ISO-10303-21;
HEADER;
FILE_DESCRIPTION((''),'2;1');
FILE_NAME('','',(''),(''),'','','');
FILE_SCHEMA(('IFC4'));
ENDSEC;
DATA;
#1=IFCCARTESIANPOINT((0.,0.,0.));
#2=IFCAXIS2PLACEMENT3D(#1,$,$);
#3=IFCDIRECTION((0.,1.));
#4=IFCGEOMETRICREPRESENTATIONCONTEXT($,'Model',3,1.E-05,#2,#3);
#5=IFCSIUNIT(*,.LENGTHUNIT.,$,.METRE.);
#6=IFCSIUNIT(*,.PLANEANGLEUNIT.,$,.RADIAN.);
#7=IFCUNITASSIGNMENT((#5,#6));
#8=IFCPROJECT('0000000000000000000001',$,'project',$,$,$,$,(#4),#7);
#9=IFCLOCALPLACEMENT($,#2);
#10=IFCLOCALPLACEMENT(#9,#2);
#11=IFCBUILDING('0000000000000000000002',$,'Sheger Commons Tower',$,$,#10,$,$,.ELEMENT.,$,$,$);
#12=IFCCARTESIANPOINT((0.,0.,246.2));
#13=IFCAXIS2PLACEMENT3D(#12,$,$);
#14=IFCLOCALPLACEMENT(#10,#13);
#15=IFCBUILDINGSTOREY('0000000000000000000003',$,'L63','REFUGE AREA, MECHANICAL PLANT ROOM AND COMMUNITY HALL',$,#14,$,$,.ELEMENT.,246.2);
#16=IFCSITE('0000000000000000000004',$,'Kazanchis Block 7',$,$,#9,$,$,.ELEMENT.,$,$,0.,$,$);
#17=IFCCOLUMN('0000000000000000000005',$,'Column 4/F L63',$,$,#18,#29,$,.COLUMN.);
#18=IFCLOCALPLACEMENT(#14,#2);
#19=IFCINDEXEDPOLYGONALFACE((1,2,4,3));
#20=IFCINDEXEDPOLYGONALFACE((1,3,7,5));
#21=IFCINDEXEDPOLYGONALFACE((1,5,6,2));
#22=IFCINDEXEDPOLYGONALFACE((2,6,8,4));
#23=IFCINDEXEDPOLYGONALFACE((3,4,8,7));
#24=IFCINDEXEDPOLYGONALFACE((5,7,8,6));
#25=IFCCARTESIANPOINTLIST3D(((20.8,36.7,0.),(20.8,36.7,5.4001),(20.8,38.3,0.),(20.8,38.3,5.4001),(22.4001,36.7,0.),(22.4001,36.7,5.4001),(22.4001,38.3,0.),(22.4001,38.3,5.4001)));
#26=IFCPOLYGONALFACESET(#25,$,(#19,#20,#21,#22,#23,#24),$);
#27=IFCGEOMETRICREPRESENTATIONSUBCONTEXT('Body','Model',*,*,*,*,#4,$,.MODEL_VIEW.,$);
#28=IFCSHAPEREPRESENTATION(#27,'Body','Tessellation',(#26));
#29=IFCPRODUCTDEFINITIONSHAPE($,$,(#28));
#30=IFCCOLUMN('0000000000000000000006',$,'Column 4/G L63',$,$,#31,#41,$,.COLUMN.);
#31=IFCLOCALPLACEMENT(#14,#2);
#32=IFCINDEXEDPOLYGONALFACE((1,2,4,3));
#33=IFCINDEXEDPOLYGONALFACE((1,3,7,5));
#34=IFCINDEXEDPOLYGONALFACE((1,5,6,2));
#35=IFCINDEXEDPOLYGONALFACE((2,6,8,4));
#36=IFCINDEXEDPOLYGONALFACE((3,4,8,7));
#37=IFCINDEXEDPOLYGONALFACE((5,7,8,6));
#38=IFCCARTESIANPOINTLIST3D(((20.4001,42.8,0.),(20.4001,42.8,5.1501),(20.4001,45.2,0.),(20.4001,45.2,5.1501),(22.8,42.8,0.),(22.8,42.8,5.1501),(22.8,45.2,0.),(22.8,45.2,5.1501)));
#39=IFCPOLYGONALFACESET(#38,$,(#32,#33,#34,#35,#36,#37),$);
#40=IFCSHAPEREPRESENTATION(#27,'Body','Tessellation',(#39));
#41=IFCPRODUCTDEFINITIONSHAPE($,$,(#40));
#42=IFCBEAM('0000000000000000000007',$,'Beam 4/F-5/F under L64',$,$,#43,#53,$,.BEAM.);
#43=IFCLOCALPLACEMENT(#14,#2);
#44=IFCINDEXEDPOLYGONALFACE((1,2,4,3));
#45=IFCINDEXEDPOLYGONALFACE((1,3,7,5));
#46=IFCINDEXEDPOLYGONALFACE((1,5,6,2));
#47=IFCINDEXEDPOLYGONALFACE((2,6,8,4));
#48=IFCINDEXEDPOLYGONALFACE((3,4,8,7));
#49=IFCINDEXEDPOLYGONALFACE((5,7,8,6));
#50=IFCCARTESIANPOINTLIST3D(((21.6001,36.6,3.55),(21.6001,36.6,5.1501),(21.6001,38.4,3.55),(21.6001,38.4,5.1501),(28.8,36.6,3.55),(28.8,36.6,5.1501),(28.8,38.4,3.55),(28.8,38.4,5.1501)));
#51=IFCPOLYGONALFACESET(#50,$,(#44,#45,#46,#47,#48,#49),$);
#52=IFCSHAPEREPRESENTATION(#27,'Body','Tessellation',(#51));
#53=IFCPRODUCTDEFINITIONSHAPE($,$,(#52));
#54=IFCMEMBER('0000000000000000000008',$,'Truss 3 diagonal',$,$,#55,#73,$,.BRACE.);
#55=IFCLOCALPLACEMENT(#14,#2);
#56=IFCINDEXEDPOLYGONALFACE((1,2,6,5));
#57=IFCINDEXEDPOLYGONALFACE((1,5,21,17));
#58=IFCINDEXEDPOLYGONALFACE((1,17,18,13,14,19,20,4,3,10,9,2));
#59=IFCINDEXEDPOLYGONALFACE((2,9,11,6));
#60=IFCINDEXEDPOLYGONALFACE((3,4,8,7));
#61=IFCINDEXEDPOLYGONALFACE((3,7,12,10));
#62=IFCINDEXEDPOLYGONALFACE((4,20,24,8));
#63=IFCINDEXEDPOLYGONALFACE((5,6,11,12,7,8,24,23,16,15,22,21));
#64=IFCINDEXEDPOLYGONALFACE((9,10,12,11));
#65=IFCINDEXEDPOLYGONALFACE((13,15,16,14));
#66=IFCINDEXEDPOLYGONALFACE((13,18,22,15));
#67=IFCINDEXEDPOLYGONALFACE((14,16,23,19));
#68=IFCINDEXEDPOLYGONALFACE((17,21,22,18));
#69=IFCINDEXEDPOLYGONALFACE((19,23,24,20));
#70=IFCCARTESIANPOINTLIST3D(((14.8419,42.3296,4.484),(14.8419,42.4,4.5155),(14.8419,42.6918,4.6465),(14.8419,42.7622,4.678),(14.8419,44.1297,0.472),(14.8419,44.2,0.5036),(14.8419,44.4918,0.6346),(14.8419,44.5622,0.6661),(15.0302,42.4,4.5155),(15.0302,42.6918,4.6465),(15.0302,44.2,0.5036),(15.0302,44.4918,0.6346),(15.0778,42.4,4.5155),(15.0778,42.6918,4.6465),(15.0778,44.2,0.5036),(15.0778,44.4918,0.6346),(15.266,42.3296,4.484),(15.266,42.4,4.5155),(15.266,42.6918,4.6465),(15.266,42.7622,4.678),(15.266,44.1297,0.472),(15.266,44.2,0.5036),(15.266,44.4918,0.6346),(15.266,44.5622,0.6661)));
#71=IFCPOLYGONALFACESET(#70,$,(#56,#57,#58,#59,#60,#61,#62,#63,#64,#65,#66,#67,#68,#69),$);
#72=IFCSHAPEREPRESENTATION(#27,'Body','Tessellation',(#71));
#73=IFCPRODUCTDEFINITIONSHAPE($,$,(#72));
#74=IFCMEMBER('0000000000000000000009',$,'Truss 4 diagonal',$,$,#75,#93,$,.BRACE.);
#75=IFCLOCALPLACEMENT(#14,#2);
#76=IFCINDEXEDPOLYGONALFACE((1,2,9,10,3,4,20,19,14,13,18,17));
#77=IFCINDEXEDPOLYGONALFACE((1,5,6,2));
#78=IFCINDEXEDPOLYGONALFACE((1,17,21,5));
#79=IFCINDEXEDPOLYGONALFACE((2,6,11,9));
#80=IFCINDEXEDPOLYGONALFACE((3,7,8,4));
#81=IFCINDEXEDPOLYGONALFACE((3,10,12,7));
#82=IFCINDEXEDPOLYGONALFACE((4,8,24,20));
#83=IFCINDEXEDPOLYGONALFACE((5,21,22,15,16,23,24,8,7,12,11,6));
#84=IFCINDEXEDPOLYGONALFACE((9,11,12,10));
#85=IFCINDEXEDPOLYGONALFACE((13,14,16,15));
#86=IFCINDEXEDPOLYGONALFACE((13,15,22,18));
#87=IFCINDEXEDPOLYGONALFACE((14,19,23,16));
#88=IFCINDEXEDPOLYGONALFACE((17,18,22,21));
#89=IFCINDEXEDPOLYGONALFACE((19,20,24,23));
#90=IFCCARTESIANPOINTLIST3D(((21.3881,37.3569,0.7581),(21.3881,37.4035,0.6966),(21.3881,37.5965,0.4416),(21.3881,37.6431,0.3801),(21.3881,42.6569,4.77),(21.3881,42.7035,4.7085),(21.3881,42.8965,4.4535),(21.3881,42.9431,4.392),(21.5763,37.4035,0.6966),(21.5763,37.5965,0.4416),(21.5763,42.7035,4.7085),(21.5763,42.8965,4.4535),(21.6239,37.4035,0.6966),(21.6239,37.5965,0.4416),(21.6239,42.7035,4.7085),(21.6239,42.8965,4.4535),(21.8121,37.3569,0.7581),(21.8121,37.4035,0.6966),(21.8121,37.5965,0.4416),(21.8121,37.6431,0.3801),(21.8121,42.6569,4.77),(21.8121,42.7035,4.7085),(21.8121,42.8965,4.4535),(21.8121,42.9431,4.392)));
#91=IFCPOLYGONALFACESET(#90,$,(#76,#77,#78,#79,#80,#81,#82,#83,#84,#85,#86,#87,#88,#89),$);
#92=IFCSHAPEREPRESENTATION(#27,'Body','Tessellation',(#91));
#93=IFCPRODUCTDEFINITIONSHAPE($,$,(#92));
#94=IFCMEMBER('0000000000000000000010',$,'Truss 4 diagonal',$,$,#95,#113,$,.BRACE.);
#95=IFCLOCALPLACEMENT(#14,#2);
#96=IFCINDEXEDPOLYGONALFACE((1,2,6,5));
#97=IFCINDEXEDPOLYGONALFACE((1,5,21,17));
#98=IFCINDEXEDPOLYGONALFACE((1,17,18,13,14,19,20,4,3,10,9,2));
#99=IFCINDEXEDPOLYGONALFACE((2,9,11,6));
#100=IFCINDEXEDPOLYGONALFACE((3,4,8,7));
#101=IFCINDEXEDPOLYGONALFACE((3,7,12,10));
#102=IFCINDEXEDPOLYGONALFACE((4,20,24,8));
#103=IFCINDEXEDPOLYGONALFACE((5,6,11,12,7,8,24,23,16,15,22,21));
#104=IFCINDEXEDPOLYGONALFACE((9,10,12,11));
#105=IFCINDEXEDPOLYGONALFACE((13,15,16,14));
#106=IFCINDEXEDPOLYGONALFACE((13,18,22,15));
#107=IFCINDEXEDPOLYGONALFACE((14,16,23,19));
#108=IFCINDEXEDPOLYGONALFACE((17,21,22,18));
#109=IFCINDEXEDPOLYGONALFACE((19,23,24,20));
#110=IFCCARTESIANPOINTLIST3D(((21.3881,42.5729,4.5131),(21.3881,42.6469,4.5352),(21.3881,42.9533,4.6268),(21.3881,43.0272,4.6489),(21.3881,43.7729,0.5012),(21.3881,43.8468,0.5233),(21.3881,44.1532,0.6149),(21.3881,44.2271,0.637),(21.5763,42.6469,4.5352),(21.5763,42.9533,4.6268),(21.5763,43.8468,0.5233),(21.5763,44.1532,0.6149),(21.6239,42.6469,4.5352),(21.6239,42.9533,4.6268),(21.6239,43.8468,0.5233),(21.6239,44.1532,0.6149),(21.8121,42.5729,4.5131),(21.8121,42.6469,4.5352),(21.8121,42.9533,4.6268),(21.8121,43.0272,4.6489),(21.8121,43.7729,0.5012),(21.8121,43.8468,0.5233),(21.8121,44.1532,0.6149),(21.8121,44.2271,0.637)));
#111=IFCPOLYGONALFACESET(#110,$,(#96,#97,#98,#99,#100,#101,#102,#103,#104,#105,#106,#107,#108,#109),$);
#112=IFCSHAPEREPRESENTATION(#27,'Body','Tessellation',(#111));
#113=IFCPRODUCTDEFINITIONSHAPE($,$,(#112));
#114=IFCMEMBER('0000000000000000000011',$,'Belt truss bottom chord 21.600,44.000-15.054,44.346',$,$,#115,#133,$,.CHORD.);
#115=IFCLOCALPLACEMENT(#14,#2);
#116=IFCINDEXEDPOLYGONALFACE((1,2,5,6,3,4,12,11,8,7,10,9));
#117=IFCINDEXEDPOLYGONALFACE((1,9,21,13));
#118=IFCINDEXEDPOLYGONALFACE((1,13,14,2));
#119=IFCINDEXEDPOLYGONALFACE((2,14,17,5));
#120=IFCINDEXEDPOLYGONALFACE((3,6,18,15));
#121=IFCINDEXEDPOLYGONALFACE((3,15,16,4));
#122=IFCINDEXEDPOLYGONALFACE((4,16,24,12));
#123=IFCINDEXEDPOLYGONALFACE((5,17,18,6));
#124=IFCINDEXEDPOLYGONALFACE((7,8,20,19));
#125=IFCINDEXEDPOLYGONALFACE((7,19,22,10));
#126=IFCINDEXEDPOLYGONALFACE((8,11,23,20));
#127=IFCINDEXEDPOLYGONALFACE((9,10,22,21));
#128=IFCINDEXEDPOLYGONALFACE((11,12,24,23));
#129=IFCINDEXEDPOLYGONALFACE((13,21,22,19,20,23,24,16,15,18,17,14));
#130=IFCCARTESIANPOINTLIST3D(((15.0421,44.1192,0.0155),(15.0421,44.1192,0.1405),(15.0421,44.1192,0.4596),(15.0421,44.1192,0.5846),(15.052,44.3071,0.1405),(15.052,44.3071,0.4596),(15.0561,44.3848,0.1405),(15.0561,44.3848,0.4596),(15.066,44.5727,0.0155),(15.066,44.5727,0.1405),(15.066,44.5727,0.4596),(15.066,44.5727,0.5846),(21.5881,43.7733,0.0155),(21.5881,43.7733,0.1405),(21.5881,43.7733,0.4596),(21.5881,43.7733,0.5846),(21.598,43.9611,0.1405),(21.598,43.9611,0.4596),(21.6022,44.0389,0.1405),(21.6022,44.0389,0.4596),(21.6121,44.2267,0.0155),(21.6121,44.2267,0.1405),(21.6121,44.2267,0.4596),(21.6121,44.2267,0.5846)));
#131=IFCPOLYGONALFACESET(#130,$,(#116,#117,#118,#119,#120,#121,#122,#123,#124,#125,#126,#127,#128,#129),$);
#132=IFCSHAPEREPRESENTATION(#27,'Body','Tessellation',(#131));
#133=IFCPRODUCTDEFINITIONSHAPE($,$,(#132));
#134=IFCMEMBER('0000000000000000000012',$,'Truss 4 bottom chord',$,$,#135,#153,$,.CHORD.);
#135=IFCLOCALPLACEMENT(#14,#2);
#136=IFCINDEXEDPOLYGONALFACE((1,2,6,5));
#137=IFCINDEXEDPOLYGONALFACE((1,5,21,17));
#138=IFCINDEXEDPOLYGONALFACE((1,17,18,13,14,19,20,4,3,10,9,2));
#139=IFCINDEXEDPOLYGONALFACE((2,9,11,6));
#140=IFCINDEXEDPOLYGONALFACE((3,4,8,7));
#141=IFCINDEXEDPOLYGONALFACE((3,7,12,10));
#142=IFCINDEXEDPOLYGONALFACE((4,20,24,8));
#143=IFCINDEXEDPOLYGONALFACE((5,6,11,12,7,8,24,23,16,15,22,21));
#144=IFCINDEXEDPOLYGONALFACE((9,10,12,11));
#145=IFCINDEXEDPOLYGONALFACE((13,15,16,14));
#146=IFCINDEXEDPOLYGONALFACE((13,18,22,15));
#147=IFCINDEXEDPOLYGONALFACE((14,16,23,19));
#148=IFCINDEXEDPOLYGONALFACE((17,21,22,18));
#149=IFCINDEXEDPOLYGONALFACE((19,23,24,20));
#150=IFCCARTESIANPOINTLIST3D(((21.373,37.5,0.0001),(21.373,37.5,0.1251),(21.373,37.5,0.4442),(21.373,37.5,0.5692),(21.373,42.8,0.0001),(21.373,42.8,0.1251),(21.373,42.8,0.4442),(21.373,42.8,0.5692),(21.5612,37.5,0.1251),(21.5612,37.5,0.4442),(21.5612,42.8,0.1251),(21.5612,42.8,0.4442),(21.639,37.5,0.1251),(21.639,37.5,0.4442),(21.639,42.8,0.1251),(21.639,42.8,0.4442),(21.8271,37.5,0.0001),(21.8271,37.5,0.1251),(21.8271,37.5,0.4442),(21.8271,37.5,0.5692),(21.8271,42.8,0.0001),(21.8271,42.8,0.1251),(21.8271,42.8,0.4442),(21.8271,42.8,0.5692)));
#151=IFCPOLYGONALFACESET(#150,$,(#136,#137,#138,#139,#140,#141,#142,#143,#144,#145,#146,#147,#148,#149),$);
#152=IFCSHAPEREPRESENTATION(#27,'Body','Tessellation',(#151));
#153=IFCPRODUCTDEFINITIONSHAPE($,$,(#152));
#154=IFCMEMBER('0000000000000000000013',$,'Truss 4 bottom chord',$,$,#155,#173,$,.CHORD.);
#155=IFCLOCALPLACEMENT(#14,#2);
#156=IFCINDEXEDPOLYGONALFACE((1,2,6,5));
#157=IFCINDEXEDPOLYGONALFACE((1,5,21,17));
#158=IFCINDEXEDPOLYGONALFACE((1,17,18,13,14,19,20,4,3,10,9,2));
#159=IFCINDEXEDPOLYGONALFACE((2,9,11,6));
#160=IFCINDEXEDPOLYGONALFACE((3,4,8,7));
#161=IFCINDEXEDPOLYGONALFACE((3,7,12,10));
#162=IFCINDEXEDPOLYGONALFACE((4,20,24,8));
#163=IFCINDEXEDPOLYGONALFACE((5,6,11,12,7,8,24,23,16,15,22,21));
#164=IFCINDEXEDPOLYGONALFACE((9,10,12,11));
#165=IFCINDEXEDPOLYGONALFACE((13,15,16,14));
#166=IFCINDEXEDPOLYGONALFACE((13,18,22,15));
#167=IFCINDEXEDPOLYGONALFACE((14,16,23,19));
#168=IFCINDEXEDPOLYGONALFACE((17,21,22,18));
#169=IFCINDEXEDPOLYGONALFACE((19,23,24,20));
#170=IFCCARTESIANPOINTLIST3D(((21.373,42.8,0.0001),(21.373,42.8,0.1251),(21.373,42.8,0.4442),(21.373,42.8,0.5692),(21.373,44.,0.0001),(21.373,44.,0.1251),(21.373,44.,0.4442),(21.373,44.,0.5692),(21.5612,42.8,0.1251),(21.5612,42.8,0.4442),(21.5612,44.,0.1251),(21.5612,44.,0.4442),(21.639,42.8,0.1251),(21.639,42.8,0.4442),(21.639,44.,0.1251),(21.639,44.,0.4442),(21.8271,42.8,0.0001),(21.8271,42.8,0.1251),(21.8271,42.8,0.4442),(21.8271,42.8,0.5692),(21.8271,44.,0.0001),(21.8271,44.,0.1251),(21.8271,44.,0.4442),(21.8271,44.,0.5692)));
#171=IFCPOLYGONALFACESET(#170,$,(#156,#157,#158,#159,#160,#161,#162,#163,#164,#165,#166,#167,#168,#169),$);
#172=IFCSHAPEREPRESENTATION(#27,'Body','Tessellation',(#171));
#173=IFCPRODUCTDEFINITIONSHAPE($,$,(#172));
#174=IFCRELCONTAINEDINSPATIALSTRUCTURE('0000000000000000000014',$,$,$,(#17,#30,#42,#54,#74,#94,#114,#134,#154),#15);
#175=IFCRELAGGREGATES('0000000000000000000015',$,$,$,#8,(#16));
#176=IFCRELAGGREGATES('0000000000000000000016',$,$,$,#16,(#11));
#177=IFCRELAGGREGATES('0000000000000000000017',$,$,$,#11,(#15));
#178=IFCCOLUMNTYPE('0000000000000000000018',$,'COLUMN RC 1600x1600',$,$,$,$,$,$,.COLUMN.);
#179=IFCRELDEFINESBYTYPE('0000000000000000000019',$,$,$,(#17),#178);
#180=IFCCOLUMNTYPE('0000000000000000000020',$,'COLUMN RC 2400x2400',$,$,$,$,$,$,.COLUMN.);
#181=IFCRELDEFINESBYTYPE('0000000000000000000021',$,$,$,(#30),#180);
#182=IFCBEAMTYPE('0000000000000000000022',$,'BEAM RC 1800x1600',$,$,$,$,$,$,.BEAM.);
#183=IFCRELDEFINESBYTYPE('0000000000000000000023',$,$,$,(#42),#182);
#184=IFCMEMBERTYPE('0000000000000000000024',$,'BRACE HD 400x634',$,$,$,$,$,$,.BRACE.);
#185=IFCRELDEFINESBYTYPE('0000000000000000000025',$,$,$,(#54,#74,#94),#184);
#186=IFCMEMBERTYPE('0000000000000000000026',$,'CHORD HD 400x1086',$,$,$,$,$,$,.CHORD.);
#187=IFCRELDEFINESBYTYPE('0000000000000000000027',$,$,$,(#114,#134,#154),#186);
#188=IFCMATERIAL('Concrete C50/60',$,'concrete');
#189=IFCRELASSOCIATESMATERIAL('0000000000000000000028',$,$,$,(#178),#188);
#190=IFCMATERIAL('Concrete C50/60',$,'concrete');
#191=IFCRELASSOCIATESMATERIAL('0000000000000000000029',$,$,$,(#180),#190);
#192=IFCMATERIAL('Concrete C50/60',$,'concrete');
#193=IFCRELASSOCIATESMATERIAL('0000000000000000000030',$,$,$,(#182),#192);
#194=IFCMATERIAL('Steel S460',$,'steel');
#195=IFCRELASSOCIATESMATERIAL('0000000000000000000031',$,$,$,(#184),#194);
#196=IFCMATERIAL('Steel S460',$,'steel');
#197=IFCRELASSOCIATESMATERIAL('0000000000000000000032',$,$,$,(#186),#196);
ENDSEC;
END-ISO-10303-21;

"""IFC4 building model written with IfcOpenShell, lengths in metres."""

from ifc_helpers import new_model, si_unit, direction, frame, origin, origin_2d, place, context, subcontext, project, spatial, rectangle, i_section, extrude, material, material_profile, profile_set, type_object, element, save


model = new_model("IFC4")

# Units and contexts
model_context = context("Model", 3, precision=1e-05, world=origin(), true_north=direction((0.0, 1.0)))
body_context = subcontext(model_context, "Body", "Model", "MODEL_VIEW")
ifc_project = project(units=[si_unit("LENGTHUNIT", "METRE"), si_unit("PLANEANGLEUNIT", "RADIAN")], contexts=[model_context])

# Site, building, storey
site_placement = place(None, origin())
site = spatial("IfcSite", under=ifc_project, at=site_placement, Name="Kazanchis Block 7", CompositionType="ELEMENT", RefElevation=0.0)
building_placement = place(site_placement, origin())
building = spatial("IfcBuilding", under=site, at=building_placement, Name="Sheger Commons Tower", CompositionType="ELEMENT")
storey_placement = place(building_placement, frame((0.0, 0.0, 246.2)))
storey = spatial("IfcBuildingStorey", under=building, at=storey_placement, Name="L63", Description="REFUGE AREA, MECHANICAL PLANT ROOM AND COMMUNITY HALL", CompositionType="ELEMENT", Elevation=246.2)

# Columns
ifc_material_1 = material(Name="Concrete C50/60", Category="concrete")
ifc_material_profile_1 = material_profile(ifc_material_1, rectangle(XDim=1.6001, YDim=1.6001, at=origin_2d()), Name="RC 1600x1600")
ifc_profile_set_1 = profile_set([ifc_material_profile_1], Name="Concrete C50/60")
column_type_1 = type_object("IfcColumnType", Name="COLUMN RC 1600x1600", PredefinedType="COLUMN", material=ifc_profile_set_1)
column_1_placement = place(storey_placement, frame((21.6001, 37.5, 0.0), z_axis=(0.0, 0.0, 1.0), x_axis=(1.0, 0.0, 0.0)))
element("IfcColumn", 1, at=column_1_placement, inside=storey, type_object=column_type_1, Name="Column 4/F L63", PredefinedType="COLUMN", context=body_context, shape_type="SweptSolid", body=[
    extrude(rectangle(XDim=1.6001, YDim=1.6001, at=origin_2d()), origin(), (0.0, 0.0, 1.0), 5.4001),
])
ifc_material_2 = material(Name="Concrete C50/60", Category="concrete")
ifc_material_profile_2 = material_profile(ifc_material_2, rectangle(XDim=2.3999, YDim=2.3999, at=origin_2d()), Name="RC 2400x2400")
ifc_profile_set_2 = profile_set([ifc_material_profile_2], Name="Concrete C50/60")
column_type_2 = type_object("IfcColumnType", Name="COLUMN RC 2400x2400", PredefinedType="COLUMN", material=ifc_profile_set_2)
column_2_placement = place(storey_placement, frame((21.6001, 44.0, 0.0), z_axis=(0.0, 0.0, 1.0), x_axis=(1.0, 0.0, 0.0)))
element("IfcColumn", 2, at=column_2_placement, inside=storey, type_object=column_type_2, Name="Column 4/G L63", PredefinedType="COLUMN", context=body_context, shape_type="SweptSolid", body=[
    extrude(rectangle(XDim=2.3999, YDim=2.3999, at=origin_2d()), origin(), (0.0, 0.0, 1.0), 5.1501),
])

# Beam
ifc_material_3 = material(Name="Concrete C50/60", Category="concrete")
ifc_material_profile_3 = material_profile(ifc_material_3, rectangle(XDim=1.8, YDim=1.6001, at=origin_2d()), Name="RC 1800x1600")
ifc_profile_set_3 = profile_set([ifc_material_profile_3], Name="Concrete C50/60")
beam_type_1 = type_object("IfcBeamType", Name="BEAM RC 1800x1600", PredefinedType="BEAM", material=ifc_profile_set_3)
beam_1_placement = place(storey_placement, frame((21.6001, 37.5, 4.3501), z_axis=(1.0, 0.0, 0.0), x_axis=(0.0, 1.0, 0.0)))
element("IfcBeam", 3, at=beam_1_placement, inside=storey, type_object=beam_type_1, Name="Beam 4/F-5/F under L64", PredefinedType="BEAM", context=body_context, shape_type="SweptSolid", body=[
    extrude(rectangle(XDim=1.8, YDim=1.6001, at=origin_2d()), origin(), (0.0, 0.0, 1.0), 7.2),
])

# Members
ifc_material_4 = material(Name="Steel S460", Category="steel")
ifc_material_profile_4 = material_profile(ifc_material_4, i_section(OverallWidth=0.4241, OverallDepth=0.4741, WebThickness=0.0476, FlangeThickness=0.0771, at=origin_2d()), Name="HD 400x634")
ifc_profile_set_4 = profile_set([ifc_material_profile_4], Name="Steel S460")
member_type_1 = type_object("IfcMemberType", Name="BRACE HD 400x634", PredefinedType="BRACE", material=ifc_profile_set_4)
member_1_placement = place(storey_placement, frame((15.054, 44.3459, 0.5691), z_axis=(0.0, -0.409356, 0.912375), x_axis=(1.0, 0.0, 0.0)))
element("IfcMember", 4, at=member_1_placement, inside=storey, type_object=member_type_1, Name="Truss 3 diagonal", PredefinedType="BRACE", context=body_context, shape_type="SweptSolid", body=[
    extrude(i_section(OverallWidth=0.4241, OverallDepth=0.4741, WebThickness=0.0476, FlangeThickness=0.0771, at=origin_2d()), origin(), (0.0, 0.0, 1.0), 4.3972),
])
member_2_placement = place(storey_placement, frame((21.6001, 37.5, 0.5691), z_axis=(0.0, 0.797326, 0.603549), x_axis=(-1.0, 0.0, 0.0)))
element("IfcMember", 5, at=member_2_placement, inside=storey, type_object=member_type_1, Name="Truss 4 diagonal", PredefinedType="BRACE", context=body_context, shape_type="SweptSolid", body=[
    extrude(i_section(OverallWidth=0.4241, OverallDepth=0.4741, WebThickness=0.0476, FlangeThickness=0.0771, at=origin_2d()), origin(), (0.0, 0.0, 1.0), 6.6472),
])
member_3_placement = place(storey_placement, frame((21.6001, 44.0, 0.5691), z_axis=(0.0, -0.286551, 0.958065), x_axis=(1.0, 0.0, 0.0)))
element("IfcMember", 6, at=member_3_placement, inside=storey, type_object=member_type_1, Name="Truss 4 diagonal", PredefinedType="BRACE", context=body_context, shape_type="SweptSolid", body=[
    extrude(i_section(OverallWidth=0.4241, OverallDepth=0.4741, WebThickness=0.0476, FlangeThickness=0.0771, at=origin_2d()), origin(), (0.0, 0.0, 1.0), 4.1875),
])
ifc_material_5 = material(Name="Steel S460", Category="steel")
ifc_material_profile_5 = material_profile(ifc_material_5, i_section(OverallWidth=0.4541, OverallDepth=0.5691, WebThickness=0.0779, FlangeThickness=0.125, at=origin_2d()), Name="HD 400x1086")
ifc_profile_set_5 = profile_set([ifc_material_profile_5], Name="Steel S460")
member_type_2 = type_object("IfcMemberType", Name="CHORD HD 400x1086", PredefinedType="CHORD", material=ifc_profile_set_5)
member_4_placement = place(storey_placement, frame((21.6001, 44.0, 0.3), z_axis=(-0.998606, 0.052774, 0.0), x_axis=(-0.052774, -0.998606, 0.0)))
element("IfcMember", 7, at=member_4_placement, inside=storey, type_object=member_type_2, Name="Belt truss bottom chord 21.600,44.000-15.054,44.346", PredefinedType="CHORD", context=body_context, shape_type="SweptSolid", body=[
    extrude(i_section(OverallWidth=0.4541, OverallDepth=0.5691, WebThickness=0.0779, FlangeThickness=0.125, at=origin_2d()), origin(), (0.0, 0.0, 1.0), 6.5552),
])
member_5_placement = place(storey_placement, frame((21.6001, 37.5, 0.2847), z_axis=(0.0, 1.0, 0.0), x_axis=(-1.0, 0.0, 0.0)))
element("IfcMember", 8, at=member_5_placement, inside=storey, type_object=member_type_2, Name="Truss 4 bottom chord", PredefinedType="CHORD", context=body_context, shape_type="SweptSolid", body=[
    extrude(i_section(OverallWidth=0.4541, OverallDepth=0.5691, WebThickness=0.0779, FlangeThickness=0.125, at=origin_2d()), origin(), (0.0, 0.0, 1.0), 5.3),
])
member_6_placement = place(storey_placement, frame((21.6001, 42.8, 0.2847), z_axis=(0.0, 1.0, 0.0), x_axis=(-1.0, 0.0, 0.0)))
element("IfcMember", 9, at=member_6_placement, inside=storey, type_object=member_type_2, Name="Truss 4 bottom chord", PredefinedType="CHORD", context=body_context, shape_type="SweptSolid", body=[
    extrude(i_section(OverallWidth=0.4541, OverallDepth=0.5691, WebThickness=0.0779, FlangeThickness=0.125, at=origin_2d()), origin(), (0.0, 0.0, 1.0), 1.2),
])

save(model, "model.ifc")
